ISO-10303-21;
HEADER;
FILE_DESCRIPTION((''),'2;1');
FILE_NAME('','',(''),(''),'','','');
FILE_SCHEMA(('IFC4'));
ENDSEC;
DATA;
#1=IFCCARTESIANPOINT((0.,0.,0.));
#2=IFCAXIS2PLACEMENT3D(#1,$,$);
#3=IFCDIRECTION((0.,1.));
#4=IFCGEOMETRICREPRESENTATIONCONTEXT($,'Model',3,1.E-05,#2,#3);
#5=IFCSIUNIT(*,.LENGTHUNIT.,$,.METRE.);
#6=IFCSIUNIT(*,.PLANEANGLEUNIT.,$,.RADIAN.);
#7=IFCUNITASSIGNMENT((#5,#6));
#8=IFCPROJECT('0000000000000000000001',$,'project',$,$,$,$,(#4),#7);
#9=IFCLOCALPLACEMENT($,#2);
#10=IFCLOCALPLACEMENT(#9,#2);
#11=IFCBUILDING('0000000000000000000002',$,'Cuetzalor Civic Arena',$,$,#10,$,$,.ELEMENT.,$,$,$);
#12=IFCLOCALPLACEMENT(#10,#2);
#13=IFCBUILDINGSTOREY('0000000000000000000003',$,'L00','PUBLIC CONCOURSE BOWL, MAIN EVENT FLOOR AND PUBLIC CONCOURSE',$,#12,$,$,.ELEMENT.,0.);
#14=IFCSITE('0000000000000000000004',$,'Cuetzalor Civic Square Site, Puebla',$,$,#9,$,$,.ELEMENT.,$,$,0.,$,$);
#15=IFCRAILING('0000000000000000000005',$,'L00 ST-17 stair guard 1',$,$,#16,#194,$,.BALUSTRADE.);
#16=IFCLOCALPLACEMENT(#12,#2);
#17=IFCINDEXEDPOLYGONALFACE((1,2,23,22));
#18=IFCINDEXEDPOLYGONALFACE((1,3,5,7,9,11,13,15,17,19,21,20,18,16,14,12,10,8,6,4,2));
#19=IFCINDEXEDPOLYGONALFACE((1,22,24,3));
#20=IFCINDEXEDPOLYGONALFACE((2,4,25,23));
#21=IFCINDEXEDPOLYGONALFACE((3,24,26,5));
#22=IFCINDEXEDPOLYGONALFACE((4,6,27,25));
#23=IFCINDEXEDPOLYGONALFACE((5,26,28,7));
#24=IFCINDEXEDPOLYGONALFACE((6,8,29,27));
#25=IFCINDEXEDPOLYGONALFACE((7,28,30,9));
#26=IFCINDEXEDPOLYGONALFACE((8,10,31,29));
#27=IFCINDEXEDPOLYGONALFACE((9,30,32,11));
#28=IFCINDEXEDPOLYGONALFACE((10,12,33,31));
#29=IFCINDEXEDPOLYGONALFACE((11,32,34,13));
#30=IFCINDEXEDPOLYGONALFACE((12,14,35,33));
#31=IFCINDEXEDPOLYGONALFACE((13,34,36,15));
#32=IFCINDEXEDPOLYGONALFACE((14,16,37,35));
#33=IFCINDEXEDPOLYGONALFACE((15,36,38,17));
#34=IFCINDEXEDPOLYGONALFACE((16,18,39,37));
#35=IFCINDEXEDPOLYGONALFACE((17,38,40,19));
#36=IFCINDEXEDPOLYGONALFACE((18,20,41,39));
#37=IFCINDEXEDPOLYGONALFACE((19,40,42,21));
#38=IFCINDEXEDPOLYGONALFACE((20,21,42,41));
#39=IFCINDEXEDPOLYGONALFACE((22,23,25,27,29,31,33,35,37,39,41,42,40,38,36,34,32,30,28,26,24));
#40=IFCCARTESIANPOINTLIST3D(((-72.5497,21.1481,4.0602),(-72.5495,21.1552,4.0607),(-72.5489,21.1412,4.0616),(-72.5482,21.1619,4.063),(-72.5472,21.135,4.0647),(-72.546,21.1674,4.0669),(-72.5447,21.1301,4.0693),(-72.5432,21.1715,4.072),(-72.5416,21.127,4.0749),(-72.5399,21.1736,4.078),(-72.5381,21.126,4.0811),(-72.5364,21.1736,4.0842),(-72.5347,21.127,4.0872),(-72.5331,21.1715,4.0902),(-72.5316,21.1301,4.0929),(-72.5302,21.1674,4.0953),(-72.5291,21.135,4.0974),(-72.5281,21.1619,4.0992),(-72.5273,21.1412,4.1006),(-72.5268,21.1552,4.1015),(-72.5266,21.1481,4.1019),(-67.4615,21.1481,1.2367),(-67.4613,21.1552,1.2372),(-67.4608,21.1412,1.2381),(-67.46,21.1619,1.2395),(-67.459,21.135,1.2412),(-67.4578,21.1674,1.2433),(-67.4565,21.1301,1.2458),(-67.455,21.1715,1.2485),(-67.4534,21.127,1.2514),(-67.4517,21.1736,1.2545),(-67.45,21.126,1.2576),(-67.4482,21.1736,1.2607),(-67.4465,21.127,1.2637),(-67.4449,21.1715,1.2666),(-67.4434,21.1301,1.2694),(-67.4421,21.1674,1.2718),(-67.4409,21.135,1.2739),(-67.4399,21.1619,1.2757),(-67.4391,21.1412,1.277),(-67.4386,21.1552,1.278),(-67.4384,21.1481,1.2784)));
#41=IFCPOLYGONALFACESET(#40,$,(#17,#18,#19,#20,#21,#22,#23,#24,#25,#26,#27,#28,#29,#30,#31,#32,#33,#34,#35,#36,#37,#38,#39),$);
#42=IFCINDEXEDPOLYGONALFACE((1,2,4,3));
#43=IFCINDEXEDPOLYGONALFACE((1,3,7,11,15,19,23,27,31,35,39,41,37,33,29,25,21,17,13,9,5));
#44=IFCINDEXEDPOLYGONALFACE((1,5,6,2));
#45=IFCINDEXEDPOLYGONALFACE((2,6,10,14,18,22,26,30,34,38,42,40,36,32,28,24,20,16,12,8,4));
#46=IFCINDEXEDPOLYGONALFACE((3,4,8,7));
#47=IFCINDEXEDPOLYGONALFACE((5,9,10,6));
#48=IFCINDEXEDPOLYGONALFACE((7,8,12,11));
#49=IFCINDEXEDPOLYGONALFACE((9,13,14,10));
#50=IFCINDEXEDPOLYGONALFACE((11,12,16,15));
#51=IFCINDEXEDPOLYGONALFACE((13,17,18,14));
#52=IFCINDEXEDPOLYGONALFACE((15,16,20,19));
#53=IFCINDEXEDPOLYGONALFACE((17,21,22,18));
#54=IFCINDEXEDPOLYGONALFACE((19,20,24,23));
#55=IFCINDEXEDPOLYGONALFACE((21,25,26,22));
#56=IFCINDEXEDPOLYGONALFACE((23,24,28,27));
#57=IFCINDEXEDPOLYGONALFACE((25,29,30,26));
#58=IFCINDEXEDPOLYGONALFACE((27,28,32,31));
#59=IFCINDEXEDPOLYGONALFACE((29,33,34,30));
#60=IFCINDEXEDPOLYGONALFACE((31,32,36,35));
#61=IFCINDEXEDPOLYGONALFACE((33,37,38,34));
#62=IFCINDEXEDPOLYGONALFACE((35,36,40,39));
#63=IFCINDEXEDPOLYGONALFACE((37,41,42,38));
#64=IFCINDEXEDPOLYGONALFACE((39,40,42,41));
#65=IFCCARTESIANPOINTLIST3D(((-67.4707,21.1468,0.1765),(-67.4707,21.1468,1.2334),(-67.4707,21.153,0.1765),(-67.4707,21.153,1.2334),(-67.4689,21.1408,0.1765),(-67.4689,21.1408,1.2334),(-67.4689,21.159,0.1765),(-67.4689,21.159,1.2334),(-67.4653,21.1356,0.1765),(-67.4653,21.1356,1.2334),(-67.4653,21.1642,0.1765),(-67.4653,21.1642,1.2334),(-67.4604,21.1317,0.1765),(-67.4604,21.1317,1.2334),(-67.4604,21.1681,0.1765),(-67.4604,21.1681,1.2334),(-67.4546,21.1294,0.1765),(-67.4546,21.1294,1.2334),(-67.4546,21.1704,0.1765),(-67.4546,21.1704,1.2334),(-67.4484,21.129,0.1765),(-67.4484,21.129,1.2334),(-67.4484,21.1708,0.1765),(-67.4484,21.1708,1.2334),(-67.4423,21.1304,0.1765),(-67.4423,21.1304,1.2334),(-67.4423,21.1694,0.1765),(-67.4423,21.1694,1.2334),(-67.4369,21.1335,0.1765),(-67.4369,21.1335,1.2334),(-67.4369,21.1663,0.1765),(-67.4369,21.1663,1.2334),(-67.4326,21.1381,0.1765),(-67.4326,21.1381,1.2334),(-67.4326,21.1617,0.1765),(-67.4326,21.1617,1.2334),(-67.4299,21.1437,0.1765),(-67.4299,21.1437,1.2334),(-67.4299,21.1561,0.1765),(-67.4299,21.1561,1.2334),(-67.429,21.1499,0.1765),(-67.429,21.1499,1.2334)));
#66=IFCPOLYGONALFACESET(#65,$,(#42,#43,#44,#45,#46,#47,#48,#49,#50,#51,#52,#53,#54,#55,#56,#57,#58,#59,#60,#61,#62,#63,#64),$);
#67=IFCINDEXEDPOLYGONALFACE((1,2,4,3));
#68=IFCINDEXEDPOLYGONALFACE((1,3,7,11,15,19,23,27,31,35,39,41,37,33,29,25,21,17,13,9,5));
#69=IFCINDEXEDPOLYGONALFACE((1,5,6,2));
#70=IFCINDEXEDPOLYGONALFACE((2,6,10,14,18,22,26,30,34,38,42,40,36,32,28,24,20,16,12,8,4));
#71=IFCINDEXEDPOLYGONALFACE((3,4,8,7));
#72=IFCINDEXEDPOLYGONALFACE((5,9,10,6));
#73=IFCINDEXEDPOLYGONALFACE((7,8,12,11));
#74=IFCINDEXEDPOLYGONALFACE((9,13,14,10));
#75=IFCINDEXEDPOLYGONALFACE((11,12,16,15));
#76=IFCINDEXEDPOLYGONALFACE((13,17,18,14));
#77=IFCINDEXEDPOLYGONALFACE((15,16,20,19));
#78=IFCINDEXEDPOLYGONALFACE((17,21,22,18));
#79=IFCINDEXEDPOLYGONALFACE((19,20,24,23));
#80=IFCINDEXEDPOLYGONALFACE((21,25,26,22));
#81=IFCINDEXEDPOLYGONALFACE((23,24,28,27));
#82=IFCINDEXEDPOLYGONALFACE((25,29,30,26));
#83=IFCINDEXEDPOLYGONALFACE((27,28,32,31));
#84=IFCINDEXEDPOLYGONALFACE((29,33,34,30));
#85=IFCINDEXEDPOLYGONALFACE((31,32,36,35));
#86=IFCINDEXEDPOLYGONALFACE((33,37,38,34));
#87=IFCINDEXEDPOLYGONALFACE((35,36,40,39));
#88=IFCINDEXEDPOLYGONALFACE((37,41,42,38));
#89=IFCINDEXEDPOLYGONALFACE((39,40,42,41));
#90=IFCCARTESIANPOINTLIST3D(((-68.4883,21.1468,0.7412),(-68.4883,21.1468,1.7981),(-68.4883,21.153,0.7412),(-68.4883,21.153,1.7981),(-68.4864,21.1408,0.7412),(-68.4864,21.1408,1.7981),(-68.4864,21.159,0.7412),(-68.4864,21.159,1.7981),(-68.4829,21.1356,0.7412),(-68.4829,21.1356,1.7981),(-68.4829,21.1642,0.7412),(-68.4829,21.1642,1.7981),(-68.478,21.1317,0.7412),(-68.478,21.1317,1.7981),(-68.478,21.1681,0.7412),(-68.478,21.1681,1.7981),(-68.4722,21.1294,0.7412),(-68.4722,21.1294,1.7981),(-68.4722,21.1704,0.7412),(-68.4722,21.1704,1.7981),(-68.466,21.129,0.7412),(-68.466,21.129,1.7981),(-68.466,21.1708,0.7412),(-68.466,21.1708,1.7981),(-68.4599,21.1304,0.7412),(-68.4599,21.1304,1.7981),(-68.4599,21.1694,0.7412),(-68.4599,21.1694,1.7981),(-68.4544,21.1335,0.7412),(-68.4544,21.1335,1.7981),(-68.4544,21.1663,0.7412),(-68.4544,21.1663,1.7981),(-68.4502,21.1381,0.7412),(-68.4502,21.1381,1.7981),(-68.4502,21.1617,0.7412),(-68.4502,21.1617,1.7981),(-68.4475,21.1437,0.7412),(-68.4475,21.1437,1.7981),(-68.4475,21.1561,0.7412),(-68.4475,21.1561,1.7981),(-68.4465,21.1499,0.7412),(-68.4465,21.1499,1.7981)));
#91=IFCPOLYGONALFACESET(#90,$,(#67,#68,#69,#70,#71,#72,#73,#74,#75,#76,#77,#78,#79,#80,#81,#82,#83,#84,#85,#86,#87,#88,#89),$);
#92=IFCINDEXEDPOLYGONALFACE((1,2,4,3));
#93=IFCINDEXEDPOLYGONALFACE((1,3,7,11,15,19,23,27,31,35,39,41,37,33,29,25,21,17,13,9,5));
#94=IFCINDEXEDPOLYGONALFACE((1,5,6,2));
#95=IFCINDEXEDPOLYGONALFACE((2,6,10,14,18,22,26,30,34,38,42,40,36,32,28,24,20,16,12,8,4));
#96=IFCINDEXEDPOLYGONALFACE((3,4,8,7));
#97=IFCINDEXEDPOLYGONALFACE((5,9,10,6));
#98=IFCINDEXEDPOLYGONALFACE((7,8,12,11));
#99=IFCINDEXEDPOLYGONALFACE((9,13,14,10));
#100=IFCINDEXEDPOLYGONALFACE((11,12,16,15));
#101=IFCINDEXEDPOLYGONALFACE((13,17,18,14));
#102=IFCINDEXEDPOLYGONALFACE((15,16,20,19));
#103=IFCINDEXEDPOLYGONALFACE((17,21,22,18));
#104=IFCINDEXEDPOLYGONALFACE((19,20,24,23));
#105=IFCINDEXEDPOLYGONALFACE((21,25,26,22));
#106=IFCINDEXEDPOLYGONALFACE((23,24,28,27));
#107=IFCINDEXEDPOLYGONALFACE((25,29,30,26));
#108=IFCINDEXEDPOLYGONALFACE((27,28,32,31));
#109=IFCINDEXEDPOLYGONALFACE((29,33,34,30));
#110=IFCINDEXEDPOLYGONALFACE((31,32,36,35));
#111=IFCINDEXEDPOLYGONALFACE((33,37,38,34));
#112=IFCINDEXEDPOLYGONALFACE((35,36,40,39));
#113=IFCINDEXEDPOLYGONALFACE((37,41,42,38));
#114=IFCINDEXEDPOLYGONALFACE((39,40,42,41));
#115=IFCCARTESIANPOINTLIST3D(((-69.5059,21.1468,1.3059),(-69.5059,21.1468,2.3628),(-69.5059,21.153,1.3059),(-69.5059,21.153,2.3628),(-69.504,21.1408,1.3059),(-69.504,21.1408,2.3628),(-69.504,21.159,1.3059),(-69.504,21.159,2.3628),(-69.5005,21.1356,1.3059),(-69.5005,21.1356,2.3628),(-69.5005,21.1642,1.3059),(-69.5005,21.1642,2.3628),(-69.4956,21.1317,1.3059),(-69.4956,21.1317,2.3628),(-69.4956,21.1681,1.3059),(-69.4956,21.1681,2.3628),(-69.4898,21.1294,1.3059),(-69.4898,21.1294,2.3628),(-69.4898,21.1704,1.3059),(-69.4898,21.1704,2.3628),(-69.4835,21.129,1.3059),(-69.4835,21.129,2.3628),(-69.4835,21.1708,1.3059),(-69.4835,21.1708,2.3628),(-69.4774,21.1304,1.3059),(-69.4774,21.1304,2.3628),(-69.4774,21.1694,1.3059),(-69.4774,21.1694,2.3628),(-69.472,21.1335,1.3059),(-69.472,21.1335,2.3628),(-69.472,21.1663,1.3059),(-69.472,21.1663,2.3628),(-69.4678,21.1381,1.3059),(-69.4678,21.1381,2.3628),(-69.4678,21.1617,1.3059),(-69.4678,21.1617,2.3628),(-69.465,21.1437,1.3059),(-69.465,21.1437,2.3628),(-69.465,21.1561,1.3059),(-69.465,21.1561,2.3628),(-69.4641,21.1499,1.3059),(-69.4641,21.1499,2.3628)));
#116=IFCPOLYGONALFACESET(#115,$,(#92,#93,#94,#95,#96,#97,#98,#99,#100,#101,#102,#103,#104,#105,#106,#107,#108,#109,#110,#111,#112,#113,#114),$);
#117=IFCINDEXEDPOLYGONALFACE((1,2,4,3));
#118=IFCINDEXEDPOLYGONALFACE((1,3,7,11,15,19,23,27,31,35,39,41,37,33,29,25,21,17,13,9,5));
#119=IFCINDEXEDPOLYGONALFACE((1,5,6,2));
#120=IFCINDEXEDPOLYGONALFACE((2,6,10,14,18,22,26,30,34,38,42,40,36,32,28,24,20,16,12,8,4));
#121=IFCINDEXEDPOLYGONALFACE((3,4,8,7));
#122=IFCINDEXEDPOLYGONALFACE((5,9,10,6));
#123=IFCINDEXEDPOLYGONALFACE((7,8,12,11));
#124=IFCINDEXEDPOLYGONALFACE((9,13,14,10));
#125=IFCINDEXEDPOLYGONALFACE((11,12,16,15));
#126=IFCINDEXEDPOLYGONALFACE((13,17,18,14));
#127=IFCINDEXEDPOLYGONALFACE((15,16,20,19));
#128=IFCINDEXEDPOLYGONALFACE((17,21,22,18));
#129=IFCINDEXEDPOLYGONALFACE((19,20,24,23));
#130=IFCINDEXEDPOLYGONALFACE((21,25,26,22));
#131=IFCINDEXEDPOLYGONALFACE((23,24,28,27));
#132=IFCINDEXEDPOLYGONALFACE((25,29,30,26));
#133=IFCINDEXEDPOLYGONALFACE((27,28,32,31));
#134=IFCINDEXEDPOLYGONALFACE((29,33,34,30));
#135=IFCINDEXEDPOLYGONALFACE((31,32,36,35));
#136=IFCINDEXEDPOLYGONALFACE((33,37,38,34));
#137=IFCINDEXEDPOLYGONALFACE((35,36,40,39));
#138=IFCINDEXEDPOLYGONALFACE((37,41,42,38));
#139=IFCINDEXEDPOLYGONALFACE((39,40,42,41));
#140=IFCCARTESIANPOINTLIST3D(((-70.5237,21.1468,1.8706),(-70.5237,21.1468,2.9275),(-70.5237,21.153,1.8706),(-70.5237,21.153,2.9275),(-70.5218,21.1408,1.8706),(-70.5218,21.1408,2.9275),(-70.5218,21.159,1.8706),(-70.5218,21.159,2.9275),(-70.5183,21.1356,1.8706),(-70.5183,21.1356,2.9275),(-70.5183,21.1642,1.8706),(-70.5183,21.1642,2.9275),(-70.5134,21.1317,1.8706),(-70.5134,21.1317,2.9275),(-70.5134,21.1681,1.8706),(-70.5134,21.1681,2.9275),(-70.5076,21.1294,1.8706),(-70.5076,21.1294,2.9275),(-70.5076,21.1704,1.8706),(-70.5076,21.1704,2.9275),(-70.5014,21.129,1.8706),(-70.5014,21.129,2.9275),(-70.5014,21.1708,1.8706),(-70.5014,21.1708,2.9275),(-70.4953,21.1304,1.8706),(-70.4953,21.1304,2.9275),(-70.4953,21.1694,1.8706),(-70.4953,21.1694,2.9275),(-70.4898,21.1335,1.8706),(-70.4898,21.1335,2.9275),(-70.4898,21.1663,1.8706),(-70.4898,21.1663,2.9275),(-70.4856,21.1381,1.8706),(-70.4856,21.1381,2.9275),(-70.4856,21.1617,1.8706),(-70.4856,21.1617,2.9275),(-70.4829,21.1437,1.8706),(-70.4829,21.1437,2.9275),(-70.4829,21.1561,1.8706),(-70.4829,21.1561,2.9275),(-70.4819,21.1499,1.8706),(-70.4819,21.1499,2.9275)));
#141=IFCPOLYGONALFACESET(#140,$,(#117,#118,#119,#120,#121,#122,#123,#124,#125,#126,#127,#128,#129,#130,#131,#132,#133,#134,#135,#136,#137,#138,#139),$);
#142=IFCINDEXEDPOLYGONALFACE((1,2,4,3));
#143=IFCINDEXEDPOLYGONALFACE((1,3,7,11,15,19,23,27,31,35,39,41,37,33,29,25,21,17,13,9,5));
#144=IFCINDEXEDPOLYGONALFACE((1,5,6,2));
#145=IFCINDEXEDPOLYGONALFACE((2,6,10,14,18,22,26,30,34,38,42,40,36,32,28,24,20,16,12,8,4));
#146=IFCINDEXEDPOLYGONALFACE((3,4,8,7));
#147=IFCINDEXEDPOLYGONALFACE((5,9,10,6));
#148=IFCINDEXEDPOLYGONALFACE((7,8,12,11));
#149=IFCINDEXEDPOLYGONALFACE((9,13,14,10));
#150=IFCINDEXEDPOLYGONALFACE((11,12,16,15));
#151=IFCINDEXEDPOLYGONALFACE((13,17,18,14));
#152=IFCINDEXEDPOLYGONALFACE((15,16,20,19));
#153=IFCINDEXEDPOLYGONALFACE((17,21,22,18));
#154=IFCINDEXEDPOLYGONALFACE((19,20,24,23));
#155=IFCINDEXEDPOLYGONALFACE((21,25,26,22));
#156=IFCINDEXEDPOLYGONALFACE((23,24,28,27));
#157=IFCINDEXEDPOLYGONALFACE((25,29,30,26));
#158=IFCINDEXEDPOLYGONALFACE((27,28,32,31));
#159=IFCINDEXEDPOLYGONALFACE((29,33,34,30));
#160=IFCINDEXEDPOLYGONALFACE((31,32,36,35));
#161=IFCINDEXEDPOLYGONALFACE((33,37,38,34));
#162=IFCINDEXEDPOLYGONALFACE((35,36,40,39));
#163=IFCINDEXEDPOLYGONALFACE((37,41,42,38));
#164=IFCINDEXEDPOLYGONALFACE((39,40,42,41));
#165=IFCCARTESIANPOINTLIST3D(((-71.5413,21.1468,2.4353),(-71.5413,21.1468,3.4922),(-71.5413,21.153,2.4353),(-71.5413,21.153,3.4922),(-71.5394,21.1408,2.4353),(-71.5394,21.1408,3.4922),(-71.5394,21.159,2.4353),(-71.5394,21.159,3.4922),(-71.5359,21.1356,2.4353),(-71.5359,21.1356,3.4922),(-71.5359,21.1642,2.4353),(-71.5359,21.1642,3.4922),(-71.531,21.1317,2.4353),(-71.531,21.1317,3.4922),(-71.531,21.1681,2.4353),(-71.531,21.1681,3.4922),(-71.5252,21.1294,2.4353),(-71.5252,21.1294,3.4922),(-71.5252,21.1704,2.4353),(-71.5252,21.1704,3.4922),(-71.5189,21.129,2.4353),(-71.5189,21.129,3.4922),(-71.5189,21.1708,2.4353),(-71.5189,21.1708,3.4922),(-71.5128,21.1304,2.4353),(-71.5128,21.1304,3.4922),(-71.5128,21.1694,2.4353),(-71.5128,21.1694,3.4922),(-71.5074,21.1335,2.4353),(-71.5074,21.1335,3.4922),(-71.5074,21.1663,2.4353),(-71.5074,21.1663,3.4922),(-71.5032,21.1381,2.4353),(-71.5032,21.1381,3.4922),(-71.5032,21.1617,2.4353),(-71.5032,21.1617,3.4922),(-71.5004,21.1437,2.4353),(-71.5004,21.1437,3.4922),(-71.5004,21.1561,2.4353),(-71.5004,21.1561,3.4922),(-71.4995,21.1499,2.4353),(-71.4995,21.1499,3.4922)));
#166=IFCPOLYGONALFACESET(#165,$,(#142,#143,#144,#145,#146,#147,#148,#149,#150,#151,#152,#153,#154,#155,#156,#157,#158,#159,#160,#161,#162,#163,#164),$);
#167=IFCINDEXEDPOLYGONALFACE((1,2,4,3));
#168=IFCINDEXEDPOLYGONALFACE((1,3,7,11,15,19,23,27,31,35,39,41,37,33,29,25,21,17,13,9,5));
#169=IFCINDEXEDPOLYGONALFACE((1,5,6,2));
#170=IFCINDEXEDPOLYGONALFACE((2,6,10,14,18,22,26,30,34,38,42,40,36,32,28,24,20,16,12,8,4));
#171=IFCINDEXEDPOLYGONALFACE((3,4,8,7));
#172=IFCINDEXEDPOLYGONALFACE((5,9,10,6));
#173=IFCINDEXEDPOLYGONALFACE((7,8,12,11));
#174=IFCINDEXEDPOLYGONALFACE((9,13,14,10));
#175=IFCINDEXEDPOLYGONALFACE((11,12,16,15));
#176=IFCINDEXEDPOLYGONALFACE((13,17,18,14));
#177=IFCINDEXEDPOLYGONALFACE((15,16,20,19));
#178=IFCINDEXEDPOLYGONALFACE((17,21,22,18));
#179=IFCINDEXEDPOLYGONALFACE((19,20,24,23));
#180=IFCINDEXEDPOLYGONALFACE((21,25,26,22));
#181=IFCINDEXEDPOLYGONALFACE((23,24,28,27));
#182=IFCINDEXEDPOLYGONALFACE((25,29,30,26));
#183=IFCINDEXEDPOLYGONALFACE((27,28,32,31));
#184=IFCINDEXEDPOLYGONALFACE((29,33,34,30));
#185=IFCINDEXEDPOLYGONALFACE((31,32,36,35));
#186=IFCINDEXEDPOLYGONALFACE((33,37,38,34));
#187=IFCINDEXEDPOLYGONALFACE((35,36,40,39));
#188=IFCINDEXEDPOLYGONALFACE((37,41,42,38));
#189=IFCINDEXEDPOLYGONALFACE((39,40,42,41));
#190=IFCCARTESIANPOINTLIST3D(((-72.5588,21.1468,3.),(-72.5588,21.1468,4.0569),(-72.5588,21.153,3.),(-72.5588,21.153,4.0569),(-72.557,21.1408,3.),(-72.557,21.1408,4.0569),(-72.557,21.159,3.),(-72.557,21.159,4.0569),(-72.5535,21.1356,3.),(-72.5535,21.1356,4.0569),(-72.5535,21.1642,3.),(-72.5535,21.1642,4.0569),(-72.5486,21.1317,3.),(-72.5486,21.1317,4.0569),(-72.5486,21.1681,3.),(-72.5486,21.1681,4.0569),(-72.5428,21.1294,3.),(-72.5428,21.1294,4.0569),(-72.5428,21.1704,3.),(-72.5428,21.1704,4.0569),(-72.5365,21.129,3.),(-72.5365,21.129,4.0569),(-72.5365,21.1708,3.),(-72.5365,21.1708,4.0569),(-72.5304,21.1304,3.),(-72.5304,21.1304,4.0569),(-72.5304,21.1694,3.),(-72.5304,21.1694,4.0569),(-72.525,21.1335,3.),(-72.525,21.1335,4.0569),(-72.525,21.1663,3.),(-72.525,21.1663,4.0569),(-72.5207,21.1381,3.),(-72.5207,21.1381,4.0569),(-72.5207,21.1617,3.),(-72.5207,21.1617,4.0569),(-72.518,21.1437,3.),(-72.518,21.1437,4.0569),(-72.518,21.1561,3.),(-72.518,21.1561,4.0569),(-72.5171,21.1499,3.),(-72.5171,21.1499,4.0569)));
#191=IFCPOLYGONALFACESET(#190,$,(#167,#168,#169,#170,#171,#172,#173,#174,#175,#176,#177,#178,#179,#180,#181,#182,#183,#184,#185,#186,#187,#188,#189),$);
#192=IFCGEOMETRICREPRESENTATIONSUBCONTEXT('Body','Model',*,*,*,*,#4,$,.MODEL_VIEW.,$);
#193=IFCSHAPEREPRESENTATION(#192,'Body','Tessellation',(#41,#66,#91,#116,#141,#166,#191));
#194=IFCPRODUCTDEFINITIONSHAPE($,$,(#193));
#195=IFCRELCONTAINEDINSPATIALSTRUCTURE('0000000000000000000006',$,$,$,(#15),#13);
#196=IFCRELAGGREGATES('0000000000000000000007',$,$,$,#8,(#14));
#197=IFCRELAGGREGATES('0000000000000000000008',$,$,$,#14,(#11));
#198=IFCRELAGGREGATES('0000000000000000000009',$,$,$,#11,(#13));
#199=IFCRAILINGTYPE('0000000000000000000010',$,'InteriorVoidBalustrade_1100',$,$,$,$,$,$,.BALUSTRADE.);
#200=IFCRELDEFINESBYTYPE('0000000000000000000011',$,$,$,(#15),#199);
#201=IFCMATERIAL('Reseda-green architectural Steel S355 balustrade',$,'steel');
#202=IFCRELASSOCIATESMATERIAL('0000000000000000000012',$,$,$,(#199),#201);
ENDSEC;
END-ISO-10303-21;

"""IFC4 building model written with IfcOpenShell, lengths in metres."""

from ifc_helpers import new_model, si_unit, direction, frame, origin, origin_2d, place, context, subcontext, project, spatial, circle, extrude, material, type_object, element, save


model = new_model("IFC4")

# Units and contexts
model_context = context("Model", 3, precision=1e-05, world=origin(), true_north=direction((0.0, 1.0)))
body_context = subcontext(model_context, "Body", "Model", "MODEL_VIEW")
ifc_project = project(units=[si_unit("LENGTHUNIT", "METRE"), si_unit("PLANEANGLEUNIT", "RADIAN")], contexts=[model_context])

# Site, building, storey
site_placement = place(None, origin())
site = spatial("IfcSite", under=ifc_project, at=site_placement, Name="Cuetzalor Civic Square Site, Puebla", CompositionType="ELEMENT", RefElevation=0.0)
building_placement = place(site_placement, origin())
building = spatial("IfcBuilding", under=site, at=building_placement, Name="Cuetzalor Civic Arena", CompositionType="ELEMENT")
storey_placement = place(building_placement, origin())
storey = spatial("IfcBuildingStorey", under=building, at=storey_placement, Name="L00", Description="PUBLIC CONCOURSE BOWL, MAIN EVENT FLOOR AND PUBLIC CONCOURSE", CompositionType="ELEMENT", Elevation=0.0)

# Railing
ifc_material_1 = material(Name="Reseda-green architectural Steel S355 balustrade", Category="steel")
railing_type_1 = type_object("IfcRailingType", Name="InteriorVoidBalustrade_1100", PredefinedType="BALUSTRADE", material=ifc_material_1)
railing_1_placement = place(storey_placement, frame((-67.45, 21.1499, 0.1765)))
element("IfcRailing", 1, at=railing_1_placement, inside=storey, type_object=railing_type_1, Name="L00 ST-17 stair guard 1", PredefinedType="BALUSTRADE", context=body_context, shape_type="SweptSolid", body=[
    extrude(circle(Radius=0.0239, at=origin_2d()), frame((0.0, 0.0, 1.0811), z_axis=(-0.874395, 0.0, 0.485215), x_axis=(0.0, -1.0, 0.0)), (0.0, 0.0, 1.0), 5.8191),
    extrude(circle(Radius=0.021, at=origin_2d()), origin(), (0.0, 0.0, 1.0), 1.0569),
    extrude(circle(Radius=0.021, at=origin_2d()), frame((-1.0176, 0.0, 0.5647)), (0.0, 0.0, 1.0), 1.0569),
    extrude(circle(Radius=0.021, at=origin_2d()), frame((-2.0352, 0.0, 1.1294)), (0.0, 0.0, 1.0), 1.0569),
    extrude(circle(Radius=0.021, at=origin_2d()), frame((-3.053, 0.0, 1.6941)), (0.0, 0.0, 1.0), 1.0569),
    extrude(circle(Radius=0.021, at=origin_2d()), frame((-4.0706, 0.0, 2.2588)), (0.0, 0.0, 1.0), 1.0569),
    extrude(circle(Radius=0.021, at=origin_2d()), frame((-5.0881, 0.0, 2.8235)), (0.0, 0.0, 1.0), 1.0569),
])

save(model, "model.ifc")
